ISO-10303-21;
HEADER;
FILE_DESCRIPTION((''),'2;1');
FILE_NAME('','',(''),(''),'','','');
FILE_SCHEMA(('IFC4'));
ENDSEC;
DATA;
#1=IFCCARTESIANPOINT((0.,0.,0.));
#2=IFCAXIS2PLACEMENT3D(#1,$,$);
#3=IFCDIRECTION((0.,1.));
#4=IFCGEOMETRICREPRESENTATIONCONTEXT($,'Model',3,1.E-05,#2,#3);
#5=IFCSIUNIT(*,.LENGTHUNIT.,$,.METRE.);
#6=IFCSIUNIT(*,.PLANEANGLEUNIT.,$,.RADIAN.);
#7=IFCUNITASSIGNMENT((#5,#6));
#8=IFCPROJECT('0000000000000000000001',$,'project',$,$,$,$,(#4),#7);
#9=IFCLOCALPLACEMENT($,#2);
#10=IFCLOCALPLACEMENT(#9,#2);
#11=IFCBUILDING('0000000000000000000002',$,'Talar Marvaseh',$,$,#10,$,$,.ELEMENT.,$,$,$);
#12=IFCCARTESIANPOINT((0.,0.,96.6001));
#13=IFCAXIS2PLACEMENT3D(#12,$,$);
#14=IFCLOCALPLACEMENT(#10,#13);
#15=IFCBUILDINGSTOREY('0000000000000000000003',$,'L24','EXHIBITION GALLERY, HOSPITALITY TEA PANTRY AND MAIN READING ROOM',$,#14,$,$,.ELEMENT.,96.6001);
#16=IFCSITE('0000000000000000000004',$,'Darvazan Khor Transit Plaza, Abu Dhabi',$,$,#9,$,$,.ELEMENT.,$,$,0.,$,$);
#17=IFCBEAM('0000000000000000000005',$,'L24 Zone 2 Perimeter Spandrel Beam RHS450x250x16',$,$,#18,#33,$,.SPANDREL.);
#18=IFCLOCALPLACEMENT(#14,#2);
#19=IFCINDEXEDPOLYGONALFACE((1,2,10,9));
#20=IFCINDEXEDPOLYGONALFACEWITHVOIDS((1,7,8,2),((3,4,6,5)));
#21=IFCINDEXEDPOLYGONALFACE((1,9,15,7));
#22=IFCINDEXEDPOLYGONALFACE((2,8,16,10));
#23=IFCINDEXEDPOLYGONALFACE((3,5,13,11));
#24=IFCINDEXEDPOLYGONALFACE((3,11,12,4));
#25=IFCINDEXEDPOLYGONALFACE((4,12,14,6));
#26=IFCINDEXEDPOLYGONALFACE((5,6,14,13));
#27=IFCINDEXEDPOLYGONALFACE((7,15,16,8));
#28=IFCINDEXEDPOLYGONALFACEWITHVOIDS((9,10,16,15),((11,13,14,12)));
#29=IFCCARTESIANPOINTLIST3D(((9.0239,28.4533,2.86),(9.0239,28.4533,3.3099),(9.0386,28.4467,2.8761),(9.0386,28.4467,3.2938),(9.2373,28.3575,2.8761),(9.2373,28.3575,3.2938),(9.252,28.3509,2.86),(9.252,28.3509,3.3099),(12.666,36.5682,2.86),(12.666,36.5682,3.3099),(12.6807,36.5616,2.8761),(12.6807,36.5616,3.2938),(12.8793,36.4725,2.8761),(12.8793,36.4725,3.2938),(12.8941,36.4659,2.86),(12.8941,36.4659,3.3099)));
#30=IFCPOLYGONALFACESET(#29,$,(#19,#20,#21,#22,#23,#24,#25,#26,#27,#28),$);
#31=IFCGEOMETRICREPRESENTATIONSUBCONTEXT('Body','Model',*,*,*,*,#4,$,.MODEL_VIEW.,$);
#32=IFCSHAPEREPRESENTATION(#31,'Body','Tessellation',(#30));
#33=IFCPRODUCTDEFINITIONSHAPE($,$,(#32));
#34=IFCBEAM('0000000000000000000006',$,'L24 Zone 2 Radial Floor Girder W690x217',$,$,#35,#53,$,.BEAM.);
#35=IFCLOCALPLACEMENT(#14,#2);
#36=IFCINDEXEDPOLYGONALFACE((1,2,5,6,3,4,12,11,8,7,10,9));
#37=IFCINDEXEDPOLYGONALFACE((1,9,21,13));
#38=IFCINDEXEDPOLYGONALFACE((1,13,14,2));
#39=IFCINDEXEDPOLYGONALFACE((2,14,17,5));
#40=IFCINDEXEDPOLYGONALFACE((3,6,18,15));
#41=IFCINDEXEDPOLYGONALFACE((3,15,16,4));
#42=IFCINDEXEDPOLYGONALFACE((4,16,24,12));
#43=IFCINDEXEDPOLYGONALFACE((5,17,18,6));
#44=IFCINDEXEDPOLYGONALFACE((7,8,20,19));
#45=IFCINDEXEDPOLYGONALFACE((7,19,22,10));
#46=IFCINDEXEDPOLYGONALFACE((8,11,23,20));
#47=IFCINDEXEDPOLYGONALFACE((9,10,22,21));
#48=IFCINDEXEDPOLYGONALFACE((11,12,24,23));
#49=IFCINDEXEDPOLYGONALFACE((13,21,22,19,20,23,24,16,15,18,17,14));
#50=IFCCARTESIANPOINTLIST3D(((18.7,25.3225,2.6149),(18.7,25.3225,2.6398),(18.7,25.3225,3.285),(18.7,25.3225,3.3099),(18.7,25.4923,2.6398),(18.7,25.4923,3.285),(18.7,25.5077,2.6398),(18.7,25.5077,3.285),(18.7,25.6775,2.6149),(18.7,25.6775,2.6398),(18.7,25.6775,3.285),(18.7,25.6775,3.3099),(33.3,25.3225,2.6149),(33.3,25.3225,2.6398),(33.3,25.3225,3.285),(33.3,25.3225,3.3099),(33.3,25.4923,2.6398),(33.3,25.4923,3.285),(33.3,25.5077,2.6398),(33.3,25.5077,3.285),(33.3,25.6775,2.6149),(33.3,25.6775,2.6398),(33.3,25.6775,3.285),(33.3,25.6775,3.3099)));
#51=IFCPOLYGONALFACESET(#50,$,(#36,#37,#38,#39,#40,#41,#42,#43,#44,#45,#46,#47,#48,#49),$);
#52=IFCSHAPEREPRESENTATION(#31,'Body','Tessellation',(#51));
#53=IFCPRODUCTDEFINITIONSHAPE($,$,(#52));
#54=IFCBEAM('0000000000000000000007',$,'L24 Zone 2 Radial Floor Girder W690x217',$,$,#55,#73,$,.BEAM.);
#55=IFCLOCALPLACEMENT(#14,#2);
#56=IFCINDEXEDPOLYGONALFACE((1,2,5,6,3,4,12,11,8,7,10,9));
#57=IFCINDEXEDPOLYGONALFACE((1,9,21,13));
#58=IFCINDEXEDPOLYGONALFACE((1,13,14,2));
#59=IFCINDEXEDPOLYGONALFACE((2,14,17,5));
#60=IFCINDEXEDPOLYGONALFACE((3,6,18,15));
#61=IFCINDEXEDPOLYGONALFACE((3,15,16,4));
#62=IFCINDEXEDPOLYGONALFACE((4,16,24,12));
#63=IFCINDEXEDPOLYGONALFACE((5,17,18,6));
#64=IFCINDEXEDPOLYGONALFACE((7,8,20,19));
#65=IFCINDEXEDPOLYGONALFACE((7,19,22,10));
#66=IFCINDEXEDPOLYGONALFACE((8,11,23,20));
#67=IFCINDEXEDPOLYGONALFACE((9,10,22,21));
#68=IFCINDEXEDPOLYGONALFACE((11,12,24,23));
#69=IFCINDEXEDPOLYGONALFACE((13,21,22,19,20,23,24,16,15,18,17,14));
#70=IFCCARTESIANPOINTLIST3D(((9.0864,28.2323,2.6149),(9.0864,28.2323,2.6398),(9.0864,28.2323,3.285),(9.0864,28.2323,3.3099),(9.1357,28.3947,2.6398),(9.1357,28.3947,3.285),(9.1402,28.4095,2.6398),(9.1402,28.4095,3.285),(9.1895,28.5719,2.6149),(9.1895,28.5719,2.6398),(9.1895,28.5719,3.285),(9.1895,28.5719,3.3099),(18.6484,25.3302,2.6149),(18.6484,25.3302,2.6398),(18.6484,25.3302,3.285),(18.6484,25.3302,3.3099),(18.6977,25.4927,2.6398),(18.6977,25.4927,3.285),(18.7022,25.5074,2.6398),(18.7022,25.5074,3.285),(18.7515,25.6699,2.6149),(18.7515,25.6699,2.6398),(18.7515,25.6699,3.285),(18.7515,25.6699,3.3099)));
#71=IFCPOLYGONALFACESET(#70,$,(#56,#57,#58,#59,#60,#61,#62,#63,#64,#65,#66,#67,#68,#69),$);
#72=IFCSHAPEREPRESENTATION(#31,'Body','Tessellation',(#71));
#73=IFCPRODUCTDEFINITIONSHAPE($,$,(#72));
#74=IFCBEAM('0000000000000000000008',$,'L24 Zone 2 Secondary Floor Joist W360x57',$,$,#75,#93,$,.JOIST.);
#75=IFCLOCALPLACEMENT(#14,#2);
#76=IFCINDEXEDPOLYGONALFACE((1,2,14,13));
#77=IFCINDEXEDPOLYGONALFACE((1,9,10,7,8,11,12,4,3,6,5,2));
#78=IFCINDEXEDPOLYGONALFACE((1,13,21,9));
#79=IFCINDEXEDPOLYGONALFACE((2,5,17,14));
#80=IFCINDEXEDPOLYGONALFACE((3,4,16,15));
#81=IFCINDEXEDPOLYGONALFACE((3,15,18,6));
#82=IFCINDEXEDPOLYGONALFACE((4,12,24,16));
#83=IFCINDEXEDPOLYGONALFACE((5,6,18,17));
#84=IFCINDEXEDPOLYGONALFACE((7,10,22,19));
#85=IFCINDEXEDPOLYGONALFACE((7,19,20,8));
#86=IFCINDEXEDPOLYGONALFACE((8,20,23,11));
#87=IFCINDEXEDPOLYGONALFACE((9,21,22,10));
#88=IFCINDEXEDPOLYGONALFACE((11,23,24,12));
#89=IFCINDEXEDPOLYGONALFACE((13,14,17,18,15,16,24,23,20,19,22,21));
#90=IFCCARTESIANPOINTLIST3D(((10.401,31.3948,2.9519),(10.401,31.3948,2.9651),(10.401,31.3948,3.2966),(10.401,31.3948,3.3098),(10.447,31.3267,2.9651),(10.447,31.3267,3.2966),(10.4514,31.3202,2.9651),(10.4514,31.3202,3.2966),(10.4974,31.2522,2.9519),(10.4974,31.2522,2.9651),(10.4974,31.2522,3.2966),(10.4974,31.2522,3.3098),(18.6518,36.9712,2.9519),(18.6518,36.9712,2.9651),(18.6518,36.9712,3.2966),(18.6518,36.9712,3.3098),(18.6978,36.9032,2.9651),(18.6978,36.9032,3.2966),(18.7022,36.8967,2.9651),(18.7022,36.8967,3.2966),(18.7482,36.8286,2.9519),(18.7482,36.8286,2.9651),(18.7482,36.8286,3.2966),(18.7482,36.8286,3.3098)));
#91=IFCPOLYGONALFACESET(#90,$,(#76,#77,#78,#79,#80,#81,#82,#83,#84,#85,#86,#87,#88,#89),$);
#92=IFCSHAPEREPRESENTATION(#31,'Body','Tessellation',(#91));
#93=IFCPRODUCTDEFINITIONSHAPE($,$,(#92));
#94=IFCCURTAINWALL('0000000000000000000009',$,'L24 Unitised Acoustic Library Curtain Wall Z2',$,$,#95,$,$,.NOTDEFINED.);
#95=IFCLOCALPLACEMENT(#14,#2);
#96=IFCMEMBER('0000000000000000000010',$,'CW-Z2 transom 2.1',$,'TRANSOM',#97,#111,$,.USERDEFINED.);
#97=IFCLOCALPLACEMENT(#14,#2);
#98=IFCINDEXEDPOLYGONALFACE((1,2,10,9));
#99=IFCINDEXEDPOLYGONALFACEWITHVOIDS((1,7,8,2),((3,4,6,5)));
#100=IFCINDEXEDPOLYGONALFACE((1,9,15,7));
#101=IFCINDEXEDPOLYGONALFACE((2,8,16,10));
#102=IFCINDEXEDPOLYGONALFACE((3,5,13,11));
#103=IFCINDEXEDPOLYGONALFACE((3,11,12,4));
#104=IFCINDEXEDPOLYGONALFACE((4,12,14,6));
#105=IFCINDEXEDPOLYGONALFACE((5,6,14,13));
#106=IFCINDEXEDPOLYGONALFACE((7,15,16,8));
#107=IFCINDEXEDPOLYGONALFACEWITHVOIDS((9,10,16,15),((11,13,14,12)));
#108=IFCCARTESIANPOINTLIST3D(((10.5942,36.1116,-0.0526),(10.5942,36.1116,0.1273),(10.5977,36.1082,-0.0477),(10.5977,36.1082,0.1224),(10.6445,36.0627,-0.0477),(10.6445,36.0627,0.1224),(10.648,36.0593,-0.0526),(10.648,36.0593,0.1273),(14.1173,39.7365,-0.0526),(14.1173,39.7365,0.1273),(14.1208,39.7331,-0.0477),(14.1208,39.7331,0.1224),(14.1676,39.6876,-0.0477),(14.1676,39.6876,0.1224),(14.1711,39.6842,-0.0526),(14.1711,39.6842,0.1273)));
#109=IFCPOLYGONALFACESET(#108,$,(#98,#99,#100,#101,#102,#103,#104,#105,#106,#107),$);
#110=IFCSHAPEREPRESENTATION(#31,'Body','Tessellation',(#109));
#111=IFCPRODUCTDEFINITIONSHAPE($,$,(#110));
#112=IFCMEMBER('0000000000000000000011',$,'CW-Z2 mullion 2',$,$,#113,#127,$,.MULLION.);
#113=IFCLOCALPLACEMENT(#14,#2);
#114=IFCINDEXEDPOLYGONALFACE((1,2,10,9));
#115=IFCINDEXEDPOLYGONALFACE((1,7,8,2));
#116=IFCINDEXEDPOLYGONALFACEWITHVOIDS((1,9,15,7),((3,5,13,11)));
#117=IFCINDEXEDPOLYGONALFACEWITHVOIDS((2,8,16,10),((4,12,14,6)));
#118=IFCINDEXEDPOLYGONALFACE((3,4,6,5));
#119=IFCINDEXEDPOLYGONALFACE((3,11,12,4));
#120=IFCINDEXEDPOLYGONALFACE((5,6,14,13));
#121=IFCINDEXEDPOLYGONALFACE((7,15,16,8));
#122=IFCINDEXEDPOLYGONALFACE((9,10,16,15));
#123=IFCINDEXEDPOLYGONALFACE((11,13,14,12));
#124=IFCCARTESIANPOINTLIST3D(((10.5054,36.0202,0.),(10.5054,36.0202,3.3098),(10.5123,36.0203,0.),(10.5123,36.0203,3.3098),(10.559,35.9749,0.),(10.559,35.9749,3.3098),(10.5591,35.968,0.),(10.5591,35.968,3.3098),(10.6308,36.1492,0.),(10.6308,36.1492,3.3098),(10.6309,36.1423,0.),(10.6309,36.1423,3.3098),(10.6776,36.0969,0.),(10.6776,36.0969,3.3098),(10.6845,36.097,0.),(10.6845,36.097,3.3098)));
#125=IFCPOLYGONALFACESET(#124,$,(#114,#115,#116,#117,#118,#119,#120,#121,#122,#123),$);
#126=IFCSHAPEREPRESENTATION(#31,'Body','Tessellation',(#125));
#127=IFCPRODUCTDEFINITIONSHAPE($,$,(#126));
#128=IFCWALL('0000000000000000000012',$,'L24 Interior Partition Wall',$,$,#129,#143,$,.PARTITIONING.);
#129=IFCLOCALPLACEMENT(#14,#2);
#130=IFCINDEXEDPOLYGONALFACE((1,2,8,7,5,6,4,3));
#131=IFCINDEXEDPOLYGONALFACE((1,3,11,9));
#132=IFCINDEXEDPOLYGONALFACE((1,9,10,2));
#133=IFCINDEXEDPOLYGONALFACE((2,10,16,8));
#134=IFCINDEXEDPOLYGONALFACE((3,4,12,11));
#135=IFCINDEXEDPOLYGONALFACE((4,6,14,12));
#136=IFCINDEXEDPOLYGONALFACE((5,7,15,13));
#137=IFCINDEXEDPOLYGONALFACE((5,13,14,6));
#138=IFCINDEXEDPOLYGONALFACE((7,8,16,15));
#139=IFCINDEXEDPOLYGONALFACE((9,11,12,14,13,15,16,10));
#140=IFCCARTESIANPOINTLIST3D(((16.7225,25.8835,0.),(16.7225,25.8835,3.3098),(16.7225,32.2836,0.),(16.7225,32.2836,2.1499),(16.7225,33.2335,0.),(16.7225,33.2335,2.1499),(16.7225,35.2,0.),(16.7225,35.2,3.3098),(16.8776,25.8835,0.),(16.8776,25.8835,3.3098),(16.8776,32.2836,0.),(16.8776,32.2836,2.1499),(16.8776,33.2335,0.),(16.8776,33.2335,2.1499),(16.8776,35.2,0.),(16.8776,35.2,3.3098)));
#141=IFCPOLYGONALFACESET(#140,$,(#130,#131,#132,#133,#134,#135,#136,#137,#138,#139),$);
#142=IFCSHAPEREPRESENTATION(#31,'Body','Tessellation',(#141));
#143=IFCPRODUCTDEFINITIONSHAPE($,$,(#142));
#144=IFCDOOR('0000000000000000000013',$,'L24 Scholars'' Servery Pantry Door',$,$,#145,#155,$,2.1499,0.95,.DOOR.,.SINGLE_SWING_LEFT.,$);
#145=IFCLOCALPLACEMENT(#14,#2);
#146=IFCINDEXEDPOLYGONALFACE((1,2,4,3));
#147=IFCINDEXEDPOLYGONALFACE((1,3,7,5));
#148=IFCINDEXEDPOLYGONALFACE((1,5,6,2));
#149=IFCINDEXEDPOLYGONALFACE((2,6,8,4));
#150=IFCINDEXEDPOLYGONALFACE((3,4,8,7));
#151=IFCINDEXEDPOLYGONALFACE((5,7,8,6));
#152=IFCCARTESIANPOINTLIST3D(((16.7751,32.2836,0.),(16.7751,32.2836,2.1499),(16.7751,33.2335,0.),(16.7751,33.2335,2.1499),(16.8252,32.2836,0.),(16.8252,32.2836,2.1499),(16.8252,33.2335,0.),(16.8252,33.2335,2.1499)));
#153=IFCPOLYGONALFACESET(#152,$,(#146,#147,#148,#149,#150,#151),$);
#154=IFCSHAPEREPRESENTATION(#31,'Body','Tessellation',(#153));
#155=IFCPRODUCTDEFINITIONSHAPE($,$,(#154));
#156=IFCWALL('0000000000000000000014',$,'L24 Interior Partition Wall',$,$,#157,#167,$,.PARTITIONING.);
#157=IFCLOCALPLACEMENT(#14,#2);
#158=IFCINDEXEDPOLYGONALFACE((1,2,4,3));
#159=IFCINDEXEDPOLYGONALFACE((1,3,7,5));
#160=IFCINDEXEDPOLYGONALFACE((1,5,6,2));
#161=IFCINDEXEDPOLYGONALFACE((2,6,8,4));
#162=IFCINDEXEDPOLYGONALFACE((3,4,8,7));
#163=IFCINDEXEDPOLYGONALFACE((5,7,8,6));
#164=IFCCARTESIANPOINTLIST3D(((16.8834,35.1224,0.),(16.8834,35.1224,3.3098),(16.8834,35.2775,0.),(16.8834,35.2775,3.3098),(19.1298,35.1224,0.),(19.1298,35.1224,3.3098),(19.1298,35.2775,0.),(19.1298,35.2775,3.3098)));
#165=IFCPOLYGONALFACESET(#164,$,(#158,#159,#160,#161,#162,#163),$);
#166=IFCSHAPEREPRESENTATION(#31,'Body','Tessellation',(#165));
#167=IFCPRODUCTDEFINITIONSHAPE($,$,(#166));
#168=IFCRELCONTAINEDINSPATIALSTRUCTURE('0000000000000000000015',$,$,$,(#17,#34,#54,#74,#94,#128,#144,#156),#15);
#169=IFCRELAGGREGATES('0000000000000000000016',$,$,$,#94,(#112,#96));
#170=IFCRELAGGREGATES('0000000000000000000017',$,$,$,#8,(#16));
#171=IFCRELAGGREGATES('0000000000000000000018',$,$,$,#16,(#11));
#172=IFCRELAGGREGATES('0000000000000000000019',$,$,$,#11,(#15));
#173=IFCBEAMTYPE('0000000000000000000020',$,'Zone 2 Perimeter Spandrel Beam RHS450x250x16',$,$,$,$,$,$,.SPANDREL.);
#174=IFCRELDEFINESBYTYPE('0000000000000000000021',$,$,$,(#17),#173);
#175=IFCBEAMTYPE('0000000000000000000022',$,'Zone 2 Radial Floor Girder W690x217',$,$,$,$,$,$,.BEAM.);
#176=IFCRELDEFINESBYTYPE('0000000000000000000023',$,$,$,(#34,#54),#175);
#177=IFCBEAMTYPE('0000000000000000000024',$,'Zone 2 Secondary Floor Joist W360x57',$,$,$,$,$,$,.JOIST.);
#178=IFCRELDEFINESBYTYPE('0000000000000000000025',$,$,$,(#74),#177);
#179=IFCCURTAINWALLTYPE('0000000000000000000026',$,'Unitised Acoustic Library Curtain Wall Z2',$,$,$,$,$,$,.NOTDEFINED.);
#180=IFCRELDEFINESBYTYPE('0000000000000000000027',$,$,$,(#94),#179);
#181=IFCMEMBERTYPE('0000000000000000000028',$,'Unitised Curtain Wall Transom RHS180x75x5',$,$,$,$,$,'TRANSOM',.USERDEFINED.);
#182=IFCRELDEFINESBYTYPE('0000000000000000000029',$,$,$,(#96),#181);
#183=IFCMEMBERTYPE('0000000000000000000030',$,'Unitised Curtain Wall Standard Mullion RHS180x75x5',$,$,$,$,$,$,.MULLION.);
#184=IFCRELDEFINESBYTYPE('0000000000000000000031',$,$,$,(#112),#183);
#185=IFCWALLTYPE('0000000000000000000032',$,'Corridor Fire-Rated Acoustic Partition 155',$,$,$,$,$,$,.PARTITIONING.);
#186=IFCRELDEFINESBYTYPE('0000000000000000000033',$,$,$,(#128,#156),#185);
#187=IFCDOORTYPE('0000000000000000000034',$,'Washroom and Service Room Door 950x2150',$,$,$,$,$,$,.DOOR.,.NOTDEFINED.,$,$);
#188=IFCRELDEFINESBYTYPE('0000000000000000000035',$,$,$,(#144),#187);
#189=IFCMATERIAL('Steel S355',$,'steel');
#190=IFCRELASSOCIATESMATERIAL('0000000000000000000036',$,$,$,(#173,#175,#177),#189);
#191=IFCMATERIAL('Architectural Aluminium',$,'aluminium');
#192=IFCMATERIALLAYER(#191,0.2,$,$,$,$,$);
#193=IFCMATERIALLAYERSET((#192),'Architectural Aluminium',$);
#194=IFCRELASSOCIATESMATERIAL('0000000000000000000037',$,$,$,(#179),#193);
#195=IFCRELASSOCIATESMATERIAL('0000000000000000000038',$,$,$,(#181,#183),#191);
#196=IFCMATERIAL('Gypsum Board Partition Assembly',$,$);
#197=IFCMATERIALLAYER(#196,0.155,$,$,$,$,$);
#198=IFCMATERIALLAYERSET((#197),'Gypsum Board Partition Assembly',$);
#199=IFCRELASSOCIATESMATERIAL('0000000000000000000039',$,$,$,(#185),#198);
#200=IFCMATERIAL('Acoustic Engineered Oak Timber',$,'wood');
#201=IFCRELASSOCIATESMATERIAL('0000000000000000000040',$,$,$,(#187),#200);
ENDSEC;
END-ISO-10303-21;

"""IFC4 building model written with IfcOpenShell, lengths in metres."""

from ifc_helpers import new_model, si_unit, direction, frame, frame_2d, origin, origin_2d, place, context, subcontext, project, spatial, rectangle, hollow_rectangle, i_section, extrude, source, transform, mapped, material, layer, layer_set, material_profile, profile_set, type_object, type_shapes, element, fill, aggregate, save


model = new_model("IFC4")

# Units and contexts
model_context = context("Model", 3, precision=1e-05, world=origin(), true_north=direction((0.0, 1.0)))
body_context = subcontext(model_context, "Body", "Model", "MODEL_VIEW")
ifc_project = project(units=[si_unit("LENGTHUNIT", "METRE"), si_unit("PLANEANGLEUNIT", "RADIAN")], contexts=[model_context])

# Site, building, storey
site_placement = place(None, origin())
site = spatial("IfcSite", under=ifc_project, at=site_placement, Name="Darvazan Khor Transit Plaza, Abu Dhabi", CompositionType="ELEMENT", RefElevation=0.0)
building_placement = place(site_placement, origin())
building = spatial("IfcBuilding", under=site, at=building_placement, Name="Talar Marvaseh", CompositionType="ELEMENT")
storey_placement = place(building_placement, frame((0.0, 0.0, 96.6001)))
storey = spatial("IfcBuildingStorey", under=building, at=storey_placement, Name="L24", Description="EXHIBITION GALLERY, HOSPITALITY TEA PANTRY AND MAIN READING ROOM", CompositionType="ELEMENT", Elevation=96.6001)

# Beams
ifc_material_1 = material(Name="Steel S355", Category="steel")
ifc_material_profile_1 = material_profile(ifc_material_1, hollow_rectangle(XDim=0.25, YDim=0.45, WallThickness=0.0161, at=origin_2d()), Name="RHS450x250x16")
ifc_profile_set_1 = profile_set([ifc_material_profile_1], Name="Steel S355")
beam_type_1 = type_object("IfcBeamType", Name="Zone 2 Perimeter Spandrel Beam RHS450x250x16", PredefinedType="SPANDREL", material=ifc_profile_set_1)
beam_1_placement = place(storey_placement, frame((9.1379, 28.4021, 3.085), z_axis=(0.409462, 0.912327, 0.0), x_axis=(-0.912327, 0.409462, 0.0)))
element("IfcBeam", 1, at=beam_1_placement, inside=storey, type_object=beam_type_1, Name="L24 Zone 2 Perimeter Spandrel Beam RHS450x250x16", PredefinedType="SPANDREL", context=body_context, shape_type="SweptSolid", body=[
    extrude(hollow_rectangle(XDim=0.25, YDim=0.45, WallThickness=0.0161, at=origin_2d()), origin(), (0.0, 0.0, 1.0), 8.8948),
])
ifc_material_profile_2 = material_profile(ifc_material_1, i_section(OverallWidth=0.355, OverallDepth=0.6951, WebThickness=0.0154, FlangeThickness=0.0249, at=origin_2d()), Name="W690x217")
ifc_profile_set_2 = profile_set([ifc_material_profile_2], Name="Steel S355")
beam_type_2 = type_object("IfcBeamType", Name="Zone 2 Radial Floor Girder W690x217", PredefinedType="BEAM", material=ifc_profile_set_2)
beam_2_placement = place(storey_placement, frame((18.7, 25.5, 2.9624), z_axis=(1.0, 0.0, 0.0), x_axis=(0.0, 1.0, 0.0)))
element("IfcBeam", 2, at=beam_2_placement, inside=storey, type_object=beam_type_2, Name="L24 Zone 2 Radial Floor Girder W690x217", PredefinedType="BEAM", context=body_context, shape_type="SweptSolid", body=[
    extrude(i_section(OverallWidth=0.355, OverallDepth=0.6951, WebThickness=0.0154, FlangeThickness=0.0249, at=origin_2d()), origin(), (0.0, 0.0, 1.0), 14.6001),
])
beam_3_placement = place(storey_placement, frame((9.1379, 28.4021, 2.9624), z_axis=(0.956899, -0.290422, 0.0), x_axis=(0.290422, 0.956899, 0.0)))
element("IfcBeam", 3, at=beam_3_placement, inside=storey, type_object=beam_type_2, Name="L24 Zone 2 Radial Floor Girder W690x217", PredefinedType="BEAM", context=body_context, shape_type="SweptSolid", body=[
    extrude(i_section(OverallWidth=0.355, OverallDepth=0.6951, WebThickness=0.0154, FlangeThickness=0.0249, at=origin_2d()), origin(), (0.0, 0.0, 1.0), 9.9927),
])
ifc_material_profile_3 = material_profile(ifc_material_1, i_section(OverallWidth=0.1721, OverallDepth=0.3579, WebThickness=0.0078, FlangeThickness=0.0132, at=origin_2d()), Name="W360x57")
ifc_profile_set_3 = profile_set([ifc_material_profile_3], Name="Steel S355")
beam_type_3 = type_object("IfcBeamType", Name="Zone 2 Secondary Floor Joist W360x57", PredefinedType="JOIST", material=ifc_profile_set_3)
beam_4_placement = place(storey_placement, frame((10.4492, 31.3235, 3.1309), z_axis=(0.828515, 0.559967, 0.0), x_axis=(-0.559967, 0.828515, 0.0)))
element("IfcBeam", 4, at=beam_4_placement, inside=storey, type_object=beam_type_3, Name="L24 Zone 2 Secondary Floor Joist W360x57", PredefinedType="JOIST", context=body_context, shape_type="SweptSolid", body=[
    extrude(i_section(OverallWidth=0.1721, OverallDepth=0.3579, WebThickness=0.0078, FlangeThickness=0.0132, at=origin_2d()), origin(), (0.0, 0.0, 1.0), 9.9585),
])

# Curtain wall, members
ifc_material_2 = material(Name="Architectural Aluminium", Category="aluminium")
ifc_layer_1 = layer(ifc_material_2, 0.2)
ifc_layer_set_1 = layer_set([ifc_layer_1], Name="Architectural Aluminium")
curtain_wall_type = type_object("IfcCurtainWallType", Name="Unitised Acoustic Library Curtain Wall Z2", PredefinedType="NOTDEFINED", material=ifc_layer_set_1)
curtain_wall_placement = place(storey_placement, origin())
curtain_wall = element("IfcCurtainWall", 5, at=curtain_wall_placement, inside=storey, type_object=curtain_wall_type, Name="L24 Unitised Acoustic Library Curtain Wall Z2", PredefinedType="NOTDEFINED")
ifc_material_profile_4 = material_profile(ifc_material_2, hollow_rectangle(XDim=0.075, YDim=0.1799, WallThickness=0.0049, at=origin_2d()), Name="RHS180x75x5")
ifc_profile_set_4 = profile_set([ifc_material_profile_4], Name="Architectural Aluminium")
member_type_1 = type_object("IfcMemberType", Name="Unitised Curtain Wall Transom RHS180x75x5", ElementType="TRANSOM", PredefinedType="USERDEFINED", material=ifc_profile_set_4)
shared_shape_1 = source(origin(), body_context, "Body", "SweptSolid", [
    extrude(hollow_rectangle(XDim=0.075, YDim=0.1799, WallThickness=0.0049, at=origin_2d()), origin(), (0.0, 0.0, 1.0), 5.0549),
])
type_shapes(member_type_1, [shared_shape_1])
member_1_placement = place(storey_placement, frame((10.6211, 36.0854, 0.0374), z_axis=(0.696965, 0.717105, 0.0), x_axis=(-0.717105, 0.696965, 0.0)))
member_1 = element("IfcMember", 6, at=member_1_placement, type_object=member_type_1, Name="CW-Z2 transom 2.1", ObjectType="TRANSOM", PredefinedType="USERDEFINED", context=body_context, shape_type="MappedRepresentation", body=[
    mapped(shared_shape_1, transform((0.0, 0.0, 0.0), x_axis=(1.0, 0.0, 0.0), y_axis=(0.0, 1.0, 0.0), z_axis=(0.0, 0.0, 1.0), scale=1.0)),
])
ifc_material_profile_5 = material_profile(ifc_material_2, hollow_rectangle(XDim=0.075, YDim=0.1799, WallThickness=0.0049, at=origin_2d()), Name="RHS180x75x5")
ifc_profile_set_5 = profile_set([ifc_material_profile_5], Name="Architectural Aluminium")
member_type_2 = type_object("IfcMemberType", Name="Unitised Curtain Wall Standard Mullion RHS180x75x5", PredefinedType="MULLION", material=ifc_profile_set_5)
shared_shape_2 = source(origin(), body_context, "Body", "SweptSolid", [
    extrude(hollow_rectangle(XDim=0.075, YDim=0.1799, WallThickness=0.0049, at=origin_2d()), origin(), (0.0, 0.0, 1.0), 3.3098),
])
type_shapes(member_type_2, [shared_shape_2])
member_2_placement = place(storey_placement, frame((10.595, 36.0586, 0.0), z_axis=(0.0, 0.0, 1.0), x_axis=(-0.717126, 0.696944, 0.0)))
member_2 = element("IfcMember", 7, at=member_2_placement, type_object=member_type_2, Name="CW-Z2 mullion 2", PredefinedType="MULLION", context=body_context, shape_type="MappedRepresentation", body=[
    mapped(shared_shape_2, transform((0.0, 0.0, 0.0), x_axis=(1.0, 0.0, 0.0), y_axis=(0.0, 1.0, 0.0), z_axis=(0.0, 0.0, 1.0), scale=1.0)),
])
aggregate(curtain_wall, [member_2, member_1])

# Wall, opening, door
ifc_material_3 = material(Name="Gypsum Board Partition Assembly")
ifc_layer_2 = layer(ifc_material_3, 0.155)
ifc_layer_set_2 = layer_set([ifc_layer_2], Name="Gypsum Board Partition Assembly")
wall_type_1 = type_object("IfcWallType", Name="Corridor Fire-Rated Acoustic Partition 155", PredefinedType="PARTITIONING", material=ifc_layer_set_2)
wall_1_placement = place(storey_placement, frame((16.8, 25.8835, 0.0), z_axis=(0.0, 0.0, 1.0), x_axis=(0.0, 1.0, 0.0)))
wall_1 = element("IfcWall", 8, at=wall_1_placement, inside=storey, type_object=wall_type_1, Name="L24 Interior Partition Wall", PredefinedType="PARTITIONING", context=body_context, shape_type="SweptSolid", body=[
    extrude(rectangle(XDim=9.3164, YDim=0.155, at=frame_2d((4.6582, 0.0))), origin(), (0.0, 0.0, 1.0), 3.3098),
])
opening_placement = place(wall_1_placement, frame((6.3999, 0.0, 0.0)))
opening = element("IfcOpeningElement", 9, at=opening_placement, cuts=wall_1, PredefinedType="OPENING", context=body_context, shape_type="SweptSolid", body=[
    extrude(rectangle(XDim=0.95, YDim=2.1499, at=frame_2d((0.4751, 1.075))), frame((0.0, 0.0874, 0.0), z_axis=(0.0, -1.0, 0.0), x_axis=(1.0, 0.0, 0.0)), (0.0, 0.0, 1.0), 0.175),
])
ifc_material_4 = material(Name="Acoustic Engineered Oak Timber", Category="wood")
door_type = type_object("IfcDoorType", Name="Washroom and Service Room Door 950x2150", OperationType="NOTDEFINED", PredefinedType="DOOR", material=ifc_material_4)
shared_shape_3 = source(origin(), body_context, "Body", "SweptSolid", [
    extrude(rectangle(XDim=0.95, YDim=2.1499, at=frame_2d((0.4751, 1.075))), frame((0.0, 0.0249, 0.0), z_axis=(0.0, -1.0, 0.0), x_axis=(1.0, 0.0, 0.0)), (0.0, 0.0, 1.0), 0.05),
])
type_shapes(door_type, [shared_shape_3])
door_placement = place(opening_placement, origin())
door = element("IfcDoor", 10, at=door_placement, inside=storey, type_object=door_type, Name="L24 Scholars' Servery Pantry Door", OperationType="SINGLE_SWING_LEFT", OverallHeight=2.1499, OverallWidth=0.95, PredefinedType="DOOR", context=body_context, shape_type="MappedRepresentation", body=[
    mapped(shared_shape_3, transform((0.0, 0.0, 0.0), x_axis=(1.0, 0.0, 0.0), y_axis=(0.0, 1.0, 0.0), z_axis=(0.0, 0.0, 1.0), scale=1.0)),
])
fill(opening, door)

# Wall
wall_2_placement = place(storey_placement, frame((16.8835, 35.2, 0.0), z_axis=(0.0, 0.0, 1.0), x_axis=(1.0, 0.0, 0.0)))
element("IfcWall", 11, at=wall_2_placement, inside=storey, type_object=wall_type_1, Name="L24 Interior Partition Wall", PredefinedType="PARTITIONING", context=body_context, shape_type="SweptSolid", body=[
    extrude(rectangle(XDim=2.2463, YDim=0.155, at=frame_2d((1.123, 0.0))), origin(), (0.0, 0.0, 1.0), 3.3098),
])

save(model, "model.ifc")
